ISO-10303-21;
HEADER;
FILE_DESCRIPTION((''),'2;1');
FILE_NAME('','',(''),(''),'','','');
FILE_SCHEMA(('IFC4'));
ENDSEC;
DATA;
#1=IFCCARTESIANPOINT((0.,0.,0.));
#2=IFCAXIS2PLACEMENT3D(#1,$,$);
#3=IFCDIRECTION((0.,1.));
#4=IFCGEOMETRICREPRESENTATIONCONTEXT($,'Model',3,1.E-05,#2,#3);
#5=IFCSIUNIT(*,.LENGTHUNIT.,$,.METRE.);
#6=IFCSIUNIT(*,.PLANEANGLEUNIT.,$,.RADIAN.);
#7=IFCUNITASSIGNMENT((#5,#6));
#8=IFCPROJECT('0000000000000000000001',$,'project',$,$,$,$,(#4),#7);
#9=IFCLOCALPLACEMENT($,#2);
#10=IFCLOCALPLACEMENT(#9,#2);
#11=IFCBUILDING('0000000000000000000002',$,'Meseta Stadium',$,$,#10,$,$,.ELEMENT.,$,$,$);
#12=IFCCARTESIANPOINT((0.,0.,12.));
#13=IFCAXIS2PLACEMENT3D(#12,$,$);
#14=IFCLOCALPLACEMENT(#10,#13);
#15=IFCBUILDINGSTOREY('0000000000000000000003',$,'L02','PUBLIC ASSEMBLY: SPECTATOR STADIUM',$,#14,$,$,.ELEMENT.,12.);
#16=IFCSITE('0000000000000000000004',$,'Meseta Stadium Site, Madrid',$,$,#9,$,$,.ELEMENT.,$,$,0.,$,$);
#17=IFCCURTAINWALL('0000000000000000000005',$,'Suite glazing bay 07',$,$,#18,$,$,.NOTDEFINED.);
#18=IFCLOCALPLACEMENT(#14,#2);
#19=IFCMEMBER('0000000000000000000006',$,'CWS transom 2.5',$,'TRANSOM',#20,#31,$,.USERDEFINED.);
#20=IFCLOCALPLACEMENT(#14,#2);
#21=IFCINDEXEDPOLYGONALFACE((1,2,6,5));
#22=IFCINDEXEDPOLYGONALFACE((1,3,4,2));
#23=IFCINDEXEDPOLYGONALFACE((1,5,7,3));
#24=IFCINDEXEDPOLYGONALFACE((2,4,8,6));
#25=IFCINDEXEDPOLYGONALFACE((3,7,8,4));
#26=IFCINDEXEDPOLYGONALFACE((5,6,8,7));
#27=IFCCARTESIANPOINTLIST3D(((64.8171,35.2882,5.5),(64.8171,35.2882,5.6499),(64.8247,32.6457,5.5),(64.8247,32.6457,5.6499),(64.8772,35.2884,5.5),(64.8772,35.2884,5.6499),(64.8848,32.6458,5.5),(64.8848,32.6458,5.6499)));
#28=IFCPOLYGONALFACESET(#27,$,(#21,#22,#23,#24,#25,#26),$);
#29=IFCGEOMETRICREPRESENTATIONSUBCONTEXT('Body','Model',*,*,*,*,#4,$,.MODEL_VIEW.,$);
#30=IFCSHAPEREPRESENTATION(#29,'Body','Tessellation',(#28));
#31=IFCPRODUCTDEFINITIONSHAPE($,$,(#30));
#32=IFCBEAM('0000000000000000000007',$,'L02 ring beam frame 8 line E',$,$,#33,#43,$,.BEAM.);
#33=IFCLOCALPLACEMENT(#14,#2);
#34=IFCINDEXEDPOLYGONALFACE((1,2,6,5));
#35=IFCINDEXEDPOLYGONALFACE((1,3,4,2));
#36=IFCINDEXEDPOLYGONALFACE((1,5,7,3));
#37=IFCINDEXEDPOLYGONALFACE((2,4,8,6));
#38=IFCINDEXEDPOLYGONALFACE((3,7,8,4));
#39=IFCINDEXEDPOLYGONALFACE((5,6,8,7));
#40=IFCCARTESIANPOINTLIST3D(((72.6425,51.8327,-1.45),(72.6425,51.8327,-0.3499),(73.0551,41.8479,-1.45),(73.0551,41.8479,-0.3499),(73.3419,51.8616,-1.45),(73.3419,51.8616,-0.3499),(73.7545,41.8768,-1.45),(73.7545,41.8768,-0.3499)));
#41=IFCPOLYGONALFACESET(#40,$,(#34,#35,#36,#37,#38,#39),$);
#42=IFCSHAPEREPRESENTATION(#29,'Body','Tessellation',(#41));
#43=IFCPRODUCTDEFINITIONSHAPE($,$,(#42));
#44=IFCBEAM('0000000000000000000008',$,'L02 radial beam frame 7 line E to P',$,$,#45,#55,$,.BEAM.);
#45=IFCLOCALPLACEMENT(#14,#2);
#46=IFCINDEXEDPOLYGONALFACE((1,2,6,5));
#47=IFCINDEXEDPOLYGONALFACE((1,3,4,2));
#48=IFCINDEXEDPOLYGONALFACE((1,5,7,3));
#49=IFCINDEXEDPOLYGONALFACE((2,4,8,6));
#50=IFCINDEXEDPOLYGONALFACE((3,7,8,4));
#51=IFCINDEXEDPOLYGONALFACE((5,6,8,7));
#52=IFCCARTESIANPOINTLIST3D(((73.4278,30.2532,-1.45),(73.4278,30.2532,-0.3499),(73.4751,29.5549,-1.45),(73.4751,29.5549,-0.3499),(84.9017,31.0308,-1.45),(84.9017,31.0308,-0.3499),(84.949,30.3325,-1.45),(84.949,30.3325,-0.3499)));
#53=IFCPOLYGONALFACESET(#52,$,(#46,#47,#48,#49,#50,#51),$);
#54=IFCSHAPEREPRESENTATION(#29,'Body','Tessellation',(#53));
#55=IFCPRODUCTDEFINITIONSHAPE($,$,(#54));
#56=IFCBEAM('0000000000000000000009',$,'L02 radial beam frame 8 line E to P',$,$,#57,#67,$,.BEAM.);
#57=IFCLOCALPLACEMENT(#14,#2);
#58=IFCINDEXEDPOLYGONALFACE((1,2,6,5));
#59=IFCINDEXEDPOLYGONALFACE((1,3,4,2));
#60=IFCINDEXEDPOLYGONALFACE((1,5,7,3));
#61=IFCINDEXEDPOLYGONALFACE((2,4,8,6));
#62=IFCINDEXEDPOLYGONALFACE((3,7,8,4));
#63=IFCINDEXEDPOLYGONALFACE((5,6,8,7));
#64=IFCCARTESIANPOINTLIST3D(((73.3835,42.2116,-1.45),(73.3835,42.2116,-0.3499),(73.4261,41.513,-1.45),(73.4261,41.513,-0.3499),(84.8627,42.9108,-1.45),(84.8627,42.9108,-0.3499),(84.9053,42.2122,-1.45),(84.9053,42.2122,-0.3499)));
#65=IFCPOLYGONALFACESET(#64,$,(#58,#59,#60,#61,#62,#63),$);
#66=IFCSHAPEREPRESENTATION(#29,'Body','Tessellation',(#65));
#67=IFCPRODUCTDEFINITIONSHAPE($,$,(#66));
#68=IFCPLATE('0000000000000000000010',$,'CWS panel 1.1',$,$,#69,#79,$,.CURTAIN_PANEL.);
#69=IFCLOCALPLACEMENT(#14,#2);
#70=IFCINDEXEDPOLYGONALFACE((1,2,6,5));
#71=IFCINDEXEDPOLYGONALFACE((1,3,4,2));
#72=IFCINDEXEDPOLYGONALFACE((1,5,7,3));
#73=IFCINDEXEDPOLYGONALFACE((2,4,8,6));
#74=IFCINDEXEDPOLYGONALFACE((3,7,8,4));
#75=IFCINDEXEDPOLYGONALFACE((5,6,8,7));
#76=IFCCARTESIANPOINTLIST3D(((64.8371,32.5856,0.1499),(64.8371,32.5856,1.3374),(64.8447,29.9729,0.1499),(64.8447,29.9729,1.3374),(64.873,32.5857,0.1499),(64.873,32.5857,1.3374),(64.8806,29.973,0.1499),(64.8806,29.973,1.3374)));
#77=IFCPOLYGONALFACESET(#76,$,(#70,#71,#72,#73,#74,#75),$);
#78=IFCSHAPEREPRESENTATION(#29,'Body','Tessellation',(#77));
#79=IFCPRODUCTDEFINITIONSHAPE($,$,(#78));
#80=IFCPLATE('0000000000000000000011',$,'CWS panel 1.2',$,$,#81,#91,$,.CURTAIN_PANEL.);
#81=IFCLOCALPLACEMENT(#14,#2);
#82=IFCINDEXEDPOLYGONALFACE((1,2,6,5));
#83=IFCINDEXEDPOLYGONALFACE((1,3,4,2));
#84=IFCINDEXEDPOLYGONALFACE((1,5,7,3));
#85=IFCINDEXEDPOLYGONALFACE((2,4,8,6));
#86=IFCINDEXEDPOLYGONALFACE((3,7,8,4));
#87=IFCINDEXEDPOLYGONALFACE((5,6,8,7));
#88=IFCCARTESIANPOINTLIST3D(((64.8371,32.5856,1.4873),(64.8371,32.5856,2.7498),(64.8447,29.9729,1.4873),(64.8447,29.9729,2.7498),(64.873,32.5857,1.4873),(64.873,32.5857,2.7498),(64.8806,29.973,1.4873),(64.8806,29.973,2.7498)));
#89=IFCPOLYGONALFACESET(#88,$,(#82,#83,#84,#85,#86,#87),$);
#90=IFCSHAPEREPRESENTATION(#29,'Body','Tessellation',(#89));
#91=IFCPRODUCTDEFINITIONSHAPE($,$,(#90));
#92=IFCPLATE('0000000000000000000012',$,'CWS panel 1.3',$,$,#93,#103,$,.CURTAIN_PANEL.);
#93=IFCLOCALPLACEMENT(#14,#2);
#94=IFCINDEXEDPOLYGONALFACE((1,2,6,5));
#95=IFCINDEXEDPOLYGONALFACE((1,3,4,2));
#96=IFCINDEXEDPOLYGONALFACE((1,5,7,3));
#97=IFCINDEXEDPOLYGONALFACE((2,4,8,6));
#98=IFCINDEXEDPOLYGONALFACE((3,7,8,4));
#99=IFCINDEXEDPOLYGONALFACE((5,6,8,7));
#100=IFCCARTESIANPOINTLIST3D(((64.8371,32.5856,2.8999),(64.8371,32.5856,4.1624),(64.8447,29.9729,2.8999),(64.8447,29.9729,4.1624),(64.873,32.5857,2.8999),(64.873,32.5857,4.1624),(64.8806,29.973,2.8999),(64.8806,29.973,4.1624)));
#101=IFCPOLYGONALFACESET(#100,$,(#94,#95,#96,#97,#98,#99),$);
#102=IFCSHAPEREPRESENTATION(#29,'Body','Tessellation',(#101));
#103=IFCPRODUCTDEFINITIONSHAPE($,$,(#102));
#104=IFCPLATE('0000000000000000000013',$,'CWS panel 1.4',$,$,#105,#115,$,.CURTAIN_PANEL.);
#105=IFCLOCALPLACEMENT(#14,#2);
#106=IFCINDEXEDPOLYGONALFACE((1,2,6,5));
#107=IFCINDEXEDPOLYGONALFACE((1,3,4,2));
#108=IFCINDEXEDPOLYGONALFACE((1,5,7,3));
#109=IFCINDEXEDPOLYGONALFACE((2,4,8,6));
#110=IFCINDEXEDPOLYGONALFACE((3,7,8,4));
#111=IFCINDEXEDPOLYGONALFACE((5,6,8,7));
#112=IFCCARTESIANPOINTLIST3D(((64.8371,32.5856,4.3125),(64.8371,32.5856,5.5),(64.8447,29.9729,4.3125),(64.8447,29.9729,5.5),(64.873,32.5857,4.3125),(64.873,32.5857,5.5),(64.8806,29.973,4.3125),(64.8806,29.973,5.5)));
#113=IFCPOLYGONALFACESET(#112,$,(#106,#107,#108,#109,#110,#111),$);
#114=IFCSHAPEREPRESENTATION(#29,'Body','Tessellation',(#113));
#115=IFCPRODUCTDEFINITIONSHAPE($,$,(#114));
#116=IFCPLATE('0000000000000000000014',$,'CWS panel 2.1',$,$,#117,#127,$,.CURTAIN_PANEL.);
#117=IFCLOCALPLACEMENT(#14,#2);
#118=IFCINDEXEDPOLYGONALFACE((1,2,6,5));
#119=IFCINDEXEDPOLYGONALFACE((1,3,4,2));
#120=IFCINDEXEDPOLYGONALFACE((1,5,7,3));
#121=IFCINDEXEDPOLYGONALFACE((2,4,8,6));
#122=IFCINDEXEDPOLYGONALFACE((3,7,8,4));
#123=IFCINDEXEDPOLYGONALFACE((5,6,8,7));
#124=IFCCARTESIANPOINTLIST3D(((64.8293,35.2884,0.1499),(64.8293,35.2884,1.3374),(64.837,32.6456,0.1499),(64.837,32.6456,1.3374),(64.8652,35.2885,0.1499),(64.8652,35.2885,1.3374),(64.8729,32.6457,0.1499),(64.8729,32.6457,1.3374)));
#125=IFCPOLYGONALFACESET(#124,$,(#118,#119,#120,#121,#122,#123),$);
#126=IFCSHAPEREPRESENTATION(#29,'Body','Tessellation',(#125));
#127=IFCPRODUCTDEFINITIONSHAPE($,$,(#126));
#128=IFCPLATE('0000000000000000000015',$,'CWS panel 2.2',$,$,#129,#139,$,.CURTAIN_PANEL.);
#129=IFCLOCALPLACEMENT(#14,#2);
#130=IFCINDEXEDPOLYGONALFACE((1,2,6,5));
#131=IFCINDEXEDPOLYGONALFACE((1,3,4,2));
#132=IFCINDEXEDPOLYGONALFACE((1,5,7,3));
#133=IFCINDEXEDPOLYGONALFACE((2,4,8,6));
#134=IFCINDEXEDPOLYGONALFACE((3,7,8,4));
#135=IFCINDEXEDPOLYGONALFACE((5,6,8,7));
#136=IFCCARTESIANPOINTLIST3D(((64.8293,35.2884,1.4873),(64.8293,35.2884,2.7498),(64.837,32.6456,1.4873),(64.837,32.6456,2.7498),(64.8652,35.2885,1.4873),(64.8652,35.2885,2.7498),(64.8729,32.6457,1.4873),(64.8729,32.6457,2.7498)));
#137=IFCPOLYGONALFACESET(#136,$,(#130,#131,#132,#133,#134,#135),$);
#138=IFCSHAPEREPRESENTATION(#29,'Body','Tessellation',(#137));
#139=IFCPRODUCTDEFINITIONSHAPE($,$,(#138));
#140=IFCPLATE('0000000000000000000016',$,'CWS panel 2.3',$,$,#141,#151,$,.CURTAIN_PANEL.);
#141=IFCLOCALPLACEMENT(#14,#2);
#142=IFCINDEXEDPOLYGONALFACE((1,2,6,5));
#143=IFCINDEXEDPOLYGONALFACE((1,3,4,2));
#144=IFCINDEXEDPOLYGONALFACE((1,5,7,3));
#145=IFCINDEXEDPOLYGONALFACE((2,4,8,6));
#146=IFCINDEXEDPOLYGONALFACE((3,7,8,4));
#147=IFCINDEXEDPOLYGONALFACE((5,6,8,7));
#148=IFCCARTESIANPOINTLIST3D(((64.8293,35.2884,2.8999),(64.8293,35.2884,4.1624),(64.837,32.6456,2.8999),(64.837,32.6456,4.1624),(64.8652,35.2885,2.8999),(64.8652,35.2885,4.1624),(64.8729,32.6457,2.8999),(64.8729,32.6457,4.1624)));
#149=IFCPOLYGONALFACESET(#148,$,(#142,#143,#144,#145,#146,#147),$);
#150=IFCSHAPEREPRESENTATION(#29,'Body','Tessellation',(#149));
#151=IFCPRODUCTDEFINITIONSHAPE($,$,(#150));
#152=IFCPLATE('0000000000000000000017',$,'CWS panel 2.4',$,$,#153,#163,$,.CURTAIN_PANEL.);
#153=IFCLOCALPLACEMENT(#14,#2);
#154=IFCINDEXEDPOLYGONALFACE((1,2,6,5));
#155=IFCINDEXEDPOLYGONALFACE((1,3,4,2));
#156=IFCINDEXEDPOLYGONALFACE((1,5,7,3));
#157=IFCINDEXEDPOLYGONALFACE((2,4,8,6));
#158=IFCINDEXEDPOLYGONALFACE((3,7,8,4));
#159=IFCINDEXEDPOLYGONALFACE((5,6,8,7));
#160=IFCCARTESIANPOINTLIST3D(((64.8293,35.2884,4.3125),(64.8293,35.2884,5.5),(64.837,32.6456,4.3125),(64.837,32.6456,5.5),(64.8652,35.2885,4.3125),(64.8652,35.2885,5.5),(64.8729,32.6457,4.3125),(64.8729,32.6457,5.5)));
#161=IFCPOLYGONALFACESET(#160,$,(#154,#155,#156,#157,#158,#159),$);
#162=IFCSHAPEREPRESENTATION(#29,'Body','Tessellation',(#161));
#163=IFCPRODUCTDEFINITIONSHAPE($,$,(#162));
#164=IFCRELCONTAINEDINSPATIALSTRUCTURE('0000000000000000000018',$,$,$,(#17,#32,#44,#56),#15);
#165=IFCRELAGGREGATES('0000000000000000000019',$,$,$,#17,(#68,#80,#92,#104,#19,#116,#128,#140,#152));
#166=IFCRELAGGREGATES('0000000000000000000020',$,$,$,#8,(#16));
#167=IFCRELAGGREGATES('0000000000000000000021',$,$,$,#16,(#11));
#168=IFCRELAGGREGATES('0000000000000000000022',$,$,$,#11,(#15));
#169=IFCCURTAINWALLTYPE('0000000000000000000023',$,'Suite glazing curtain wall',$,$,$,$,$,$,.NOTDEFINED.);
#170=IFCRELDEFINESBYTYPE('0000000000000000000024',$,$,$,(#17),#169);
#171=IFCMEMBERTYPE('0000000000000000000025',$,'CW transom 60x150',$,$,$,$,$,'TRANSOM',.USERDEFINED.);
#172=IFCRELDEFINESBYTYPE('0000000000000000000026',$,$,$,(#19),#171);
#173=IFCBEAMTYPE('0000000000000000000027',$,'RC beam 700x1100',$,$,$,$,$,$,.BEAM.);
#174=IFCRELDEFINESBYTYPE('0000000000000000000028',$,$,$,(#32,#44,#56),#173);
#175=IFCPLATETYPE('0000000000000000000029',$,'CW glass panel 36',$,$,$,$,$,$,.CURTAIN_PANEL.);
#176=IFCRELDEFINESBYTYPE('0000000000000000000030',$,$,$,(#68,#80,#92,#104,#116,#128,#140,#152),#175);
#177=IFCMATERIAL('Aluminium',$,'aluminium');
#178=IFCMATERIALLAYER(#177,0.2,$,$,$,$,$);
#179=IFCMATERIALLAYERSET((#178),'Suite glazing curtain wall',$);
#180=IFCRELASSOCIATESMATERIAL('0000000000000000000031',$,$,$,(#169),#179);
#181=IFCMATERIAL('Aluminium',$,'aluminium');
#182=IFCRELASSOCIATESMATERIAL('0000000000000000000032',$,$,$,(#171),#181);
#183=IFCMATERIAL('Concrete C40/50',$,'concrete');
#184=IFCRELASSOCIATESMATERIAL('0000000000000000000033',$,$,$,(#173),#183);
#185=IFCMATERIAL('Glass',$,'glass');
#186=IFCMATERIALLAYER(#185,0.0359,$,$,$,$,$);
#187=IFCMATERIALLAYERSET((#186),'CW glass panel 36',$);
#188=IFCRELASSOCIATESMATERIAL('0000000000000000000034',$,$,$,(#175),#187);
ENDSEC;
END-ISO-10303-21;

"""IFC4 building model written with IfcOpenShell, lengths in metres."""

from ifc_helpers import new_model, si_unit, direction, frame, origin, origin_2d, place, context, subcontext, project, spatial, rectangle, extrude, material, layer, layer_set, material_profile, profile_set, type_object, element, aggregate, save


model = new_model("IFC4")

# Units and contexts
model_context = context("Model", 3, precision=1e-05, world=origin(), true_north=direction((0.0, 1.0)))
body_context = subcontext(model_context, "Body", "Model", "MODEL_VIEW")
ifc_project = project(units=[si_unit("LENGTHUNIT", "METRE"), si_unit("PLANEANGLEUNIT", "RADIAN")], contexts=[model_context])

# Site, building, storey
site_placement = place(None, origin())
site = spatial("IfcSite", under=ifc_project, at=site_placement, Name="Meseta Stadium Site, Madrid", CompositionType="ELEMENT", RefElevation=0.0)
building_placement = place(site_placement, origin())
building = spatial("IfcBuilding", under=site, at=building_placement, Name="Meseta Stadium", CompositionType="ELEMENT")
storey_placement = place(building_placement, frame((0.0, 0.0, 12.0)))
storey = spatial("IfcBuildingStorey", under=building, at=storey_placement, Name="L02", Description="PUBLIC ASSEMBLY: SPECTATOR STADIUM", CompositionType="ELEMENT", Elevation=12.0)

# Curtain wall, member
ifc_material_1 = material(Name="Aluminium", Category="aluminium")
ifc_layer_1 = layer(ifc_material_1, 0.2)
ifc_layer_set_1 = layer_set([ifc_layer_1], Name="Suite glazing curtain wall")
curtain_wall_type = type_object("IfcCurtainWallType", Name="Suite glazing curtain wall", PredefinedType="NOTDEFINED", material=ifc_layer_set_1)
curtain_wall_placement = place(storey_placement, origin())
curtain_wall = element("IfcCurtainWall", 1, at=curtain_wall_placement, inside=storey, type_object=curtain_wall_type, Name="Suite glazing bay 07", PredefinedType="NOTDEFINED")
ifc_material_2 = material(Name="Aluminium", Category="aluminium")
ifc_material_profile_1 = material_profile(ifc_material_2, rectangle(XDim=0.0601, YDim=0.1499, at=origin_2d()), Name="CW 60x150")
ifc_profile_set_1 = profile_set([ifc_material_profile_1], Name="Aluminium")
member_type_1 = type_object("IfcMemberType", Name="CW transom 60x150", ElementType="TRANSOM", PredefinedType="USERDEFINED", material=ifc_profile_set_1)
member_1_placement = place(storey_placement, frame((64.8547, 32.6458, 5.575), z_axis=(-0.002864, 0.999996, 0.0), x_axis=(-0.999996, -0.002864, 0.0)))
member_1 = element("IfcMember", 2, at=member_1_placement, type_object=member_type_1, Name="CWS transom 2.5", ObjectType="TRANSOM", PredefinedType="USERDEFINED", context=body_context, shape_type="SweptSolid", body=[
    extrude(rectangle(XDim=0.0601, YDim=0.1499, at=origin_2d()), origin(), (0.0, 0.0, 1.0), 2.6426),
])

# Beams
ifc_material_3 = material(Name="Concrete C40/50", Category="concrete")
ifc_material_profile_2 = material_profile(ifc_material_3, rectangle(XDim=0.7, YDim=1.1001, at=origin_2d()), Name="RC 700x1100")
ifc_profile_set_2 = profile_set([ifc_material_profile_2], Name="Concrete C40/50")
beam_type = type_object("IfcBeamType", Name="RC beam 700x1100", PredefinedType="BEAM", material=ifc_profile_set_2)
beam_1_placement = place(storey_placement, frame((73.4048, 41.8623, -0.8999), z_axis=(-0.041287, 0.999147, 0.0), x_axis=(-0.999147, -0.041287, 0.0)))
element("IfcBeam", 3, at=beam_1_placement, inside=storey, type_object=beam_type, Name="L02 ring beam frame 8 line E", PredefinedType="BEAM", context=body_context, shape_type="SweptSolid", body=[
    extrude(rectangle(XDim=0.7, YDim=1.1001, at=origin_2d()), origin(), (0.0, 0.0, 1.0), 9.9934),
])
beam_2_placement = place(storey_placement, frame((73.4514, 29.9041, -0.8999), z_axis=(0.997711, 0.067615, 0.0), x_axis=(-0.067615, 0.997711, 0.0)))
element("IfcBeam", 4, at=beam_2_placement, inside=storey, type_object=beam_type, Name="L02 radial beam frame 7 line E to P", PredefinedType="BEAM", context=body_context, shape_type="SweptSolid", body=[
    extrude(rectangle(XDim=0.7, YDim=1.1001, at=origin_2d()), origin(), (0.0, 0.0, 1.0), 11.5002),
])
beam_3_placement = place(storey_placement, frame((73.4048, 41.8623, -0.8999), z_axis=(0.99815, 0.060799, 0.0), x_axis=(-0.060799, 0.99815, 0.0)))
element("IfcBeam", 5, at=beam_3_placement, inside=storey, type_object=beam_type, Name="L02 radial beam frame 8 line E to P", PredefinedType="BEAM", context=body_context, shape_type="SweptSolid", body=[
    extrude(rectangle(XDim=0.7, YDim=1.1001, at=origin_2d()), origin(), (0.0, 0.0, 1.0), 11.5005),
])

# Plates
ifc_material_4 = material(Name="Glass", Category="glass")
ifc_layer_2 = layer(ifc_material_4, 0.0359)
ifc_layer_set_2 = layer_set([ifc_layer_2], Name="CW glass panel 36")
plate_type = type_object("IfcPlateType", Name="CW glass panel 36", PredefinedType="CURTAIN_PANEL", material=ifc_layer_set_2)
plate_1_placement = place(storey_placement, frame((64.8589, 31.2793, 0.1499), z_axis=(0.0, 0.0, 1.0), x_axis=(-0.00291, 0.999996, 0.0)))
plate_1 = element("IfcPlate", 6, at=plate_1_placement, type_object=plate_type, Name="CWS panel 1.1", PredefinedType="CURTAIN_PANEL", context=body_context, shape_type="SweptSolid", body=[
    extrude(rectangle(XDim=2.6128, YDim=0.0359, at=origin_2d()), origin(), (0.0, 0.0, 1.0), 1.1875),
])
plate_2_placement = place(storey_placement, frame((64.8589, 31.2793, 1.4873), z_axis=(0.0, 0.0, 1.0), x_axis=(-0.00291, 0.999996, 0.0)))
plate_2 = element("IfcPlate", 7, at=plate_2_placement, type_object=plate_type, Name="CWS panel 1.2", PredefinedType="CURTAIN_PANEL", context=body_context, shape_type="SweptSolid", body=[
    extrude(rectangle(XDim=2.6128, YDim=0.0359, at=origin_2d()), origin(), (0.0, 0.0, 1.0), 1.2625),
])
plate_3_placement = place(storey_placement, frame((64.8589, 31.2793, 2.8999), z_axis=(0.0, 0.0, 1.0), x_axis=(-0.00291, 0.999996, 0.0)))
plate_3 = element("IfcPlate", 8, at=plate_3_placement, type_object=plate_type, Name="CWS panel 1.3", PredefinedType="CURTAIN_PANEL", context=body_context, shape_type="SweptSolid", body=[
    extrude(rectangle(XDim=2.6128, YDim=0.0359, at=origin_2d()), origin(), (0.0, 0.0, 1.0), 1.2625),
])
plate_4_placement = place(storey_placement, frame((64.8589, 31.2793, 4.3125), z_axis=(0.0, 0.0, 1.0), x_axis=(-0.00291, 0.999996, 0.0)))
plate_4 = element("IfcPlate", 9, at=plate_4_placement, type_object=plate_type, Name="CWS panel 1.4", PredefinedType="CURTAIN_PANEL", context=body_context, shape_type="SweptSolid", body=[
    extrude(rectangle(XDim=2.6128, YDim=0.0359, at=origin_2d()), origin(), (0.0, 0.0, 1.0), 1.1875),
])
plate_5_placement = place(storey_placement, frame((64.8511, 33.967, 0.1499), z_axis=(0.0, 0.0, 1.0), x_axis=(-0.00291, 0.999996, 0.0)))
plate_5 = element("IfcPlate", 10, at=plate_5_placement, type_object=plate_type, Name="CWS panel 2.1", PredefinedType="CURTAIN_PANEL", context=body_context, shape_type="SweptSolid", body=[
    extrude(rectangle(XDim=2.6428, YDim=0.0359, at=origin_2d()), origin(), (0.0, 0.0, 1.0), 1.1875),
])
plate_6_placement = place(storey_placement, frame((64.8511, 33.967, 1.4873), z_axis=(0.0, 0.0, 1.0), x_axis=(-0.00291, 0.999996, 0.0)))
plate_6 = element("IfcPlate", 11, at=plate_6_placement, type_object=plate_type, Name="CWS panel 2.2", PredefinedType="CURTAIN_PANEL", context=body_context, shape_type="SweptSolid", body=[
    extrude(rectangle(XDim=2.6428, YDim=0.0359, at=origin_2d()), origin(), (0.0, 0.0, 1.0), 1.2625),
])
plate_7_placement = place(storey_placement, frame((64.8511, 33.967, 2.8999), z_axis=(0.0, 0.0, 1.0), x_axis=(-0.00291, 0.999996, 0.0)))
plate_7 = element("IfcPlate", 12, at=plate_7_placement, type_object=plate_type, Name="CWS panel 2.3", PredefinedType="CURTAIN_PANEL", context=body_context, shape_type="SweptSolid", body=[
    extrude(rectangle(XDim=2.6428, YDim=0.0359, at=origin_2d()), origin(), (0.0, 0.0, 1.0), 1.2625),
])
plate_8_placement = place(storey_placement, frame((64.8511, 33.967, 4.3125), z_axis=(0.0, 0.0, 1.0), x_axis=(-0.00291, 0.999996, 0.0)))
plate_8 = element("IfcPlate", 13, at=plate_8_placement, type_object=plate_type, Name="CWS panel 2.4", PredefinedType="CURTAIN_PANEL", context=body_context, shape_type="SweptSolid", body=[
    extrude(rectangle(XDim=2.6428, YDim=0.0359, at=origin_2d()), origin(), (0.0, 0.0, 1.0), 1.1875),
])
aggregate(curtain_wall, [plate_1, plate_2, plate_3, plate_4, member_1, plate_5, plate_6, plate_7, plate_8])

save(model, "model.ifc")
